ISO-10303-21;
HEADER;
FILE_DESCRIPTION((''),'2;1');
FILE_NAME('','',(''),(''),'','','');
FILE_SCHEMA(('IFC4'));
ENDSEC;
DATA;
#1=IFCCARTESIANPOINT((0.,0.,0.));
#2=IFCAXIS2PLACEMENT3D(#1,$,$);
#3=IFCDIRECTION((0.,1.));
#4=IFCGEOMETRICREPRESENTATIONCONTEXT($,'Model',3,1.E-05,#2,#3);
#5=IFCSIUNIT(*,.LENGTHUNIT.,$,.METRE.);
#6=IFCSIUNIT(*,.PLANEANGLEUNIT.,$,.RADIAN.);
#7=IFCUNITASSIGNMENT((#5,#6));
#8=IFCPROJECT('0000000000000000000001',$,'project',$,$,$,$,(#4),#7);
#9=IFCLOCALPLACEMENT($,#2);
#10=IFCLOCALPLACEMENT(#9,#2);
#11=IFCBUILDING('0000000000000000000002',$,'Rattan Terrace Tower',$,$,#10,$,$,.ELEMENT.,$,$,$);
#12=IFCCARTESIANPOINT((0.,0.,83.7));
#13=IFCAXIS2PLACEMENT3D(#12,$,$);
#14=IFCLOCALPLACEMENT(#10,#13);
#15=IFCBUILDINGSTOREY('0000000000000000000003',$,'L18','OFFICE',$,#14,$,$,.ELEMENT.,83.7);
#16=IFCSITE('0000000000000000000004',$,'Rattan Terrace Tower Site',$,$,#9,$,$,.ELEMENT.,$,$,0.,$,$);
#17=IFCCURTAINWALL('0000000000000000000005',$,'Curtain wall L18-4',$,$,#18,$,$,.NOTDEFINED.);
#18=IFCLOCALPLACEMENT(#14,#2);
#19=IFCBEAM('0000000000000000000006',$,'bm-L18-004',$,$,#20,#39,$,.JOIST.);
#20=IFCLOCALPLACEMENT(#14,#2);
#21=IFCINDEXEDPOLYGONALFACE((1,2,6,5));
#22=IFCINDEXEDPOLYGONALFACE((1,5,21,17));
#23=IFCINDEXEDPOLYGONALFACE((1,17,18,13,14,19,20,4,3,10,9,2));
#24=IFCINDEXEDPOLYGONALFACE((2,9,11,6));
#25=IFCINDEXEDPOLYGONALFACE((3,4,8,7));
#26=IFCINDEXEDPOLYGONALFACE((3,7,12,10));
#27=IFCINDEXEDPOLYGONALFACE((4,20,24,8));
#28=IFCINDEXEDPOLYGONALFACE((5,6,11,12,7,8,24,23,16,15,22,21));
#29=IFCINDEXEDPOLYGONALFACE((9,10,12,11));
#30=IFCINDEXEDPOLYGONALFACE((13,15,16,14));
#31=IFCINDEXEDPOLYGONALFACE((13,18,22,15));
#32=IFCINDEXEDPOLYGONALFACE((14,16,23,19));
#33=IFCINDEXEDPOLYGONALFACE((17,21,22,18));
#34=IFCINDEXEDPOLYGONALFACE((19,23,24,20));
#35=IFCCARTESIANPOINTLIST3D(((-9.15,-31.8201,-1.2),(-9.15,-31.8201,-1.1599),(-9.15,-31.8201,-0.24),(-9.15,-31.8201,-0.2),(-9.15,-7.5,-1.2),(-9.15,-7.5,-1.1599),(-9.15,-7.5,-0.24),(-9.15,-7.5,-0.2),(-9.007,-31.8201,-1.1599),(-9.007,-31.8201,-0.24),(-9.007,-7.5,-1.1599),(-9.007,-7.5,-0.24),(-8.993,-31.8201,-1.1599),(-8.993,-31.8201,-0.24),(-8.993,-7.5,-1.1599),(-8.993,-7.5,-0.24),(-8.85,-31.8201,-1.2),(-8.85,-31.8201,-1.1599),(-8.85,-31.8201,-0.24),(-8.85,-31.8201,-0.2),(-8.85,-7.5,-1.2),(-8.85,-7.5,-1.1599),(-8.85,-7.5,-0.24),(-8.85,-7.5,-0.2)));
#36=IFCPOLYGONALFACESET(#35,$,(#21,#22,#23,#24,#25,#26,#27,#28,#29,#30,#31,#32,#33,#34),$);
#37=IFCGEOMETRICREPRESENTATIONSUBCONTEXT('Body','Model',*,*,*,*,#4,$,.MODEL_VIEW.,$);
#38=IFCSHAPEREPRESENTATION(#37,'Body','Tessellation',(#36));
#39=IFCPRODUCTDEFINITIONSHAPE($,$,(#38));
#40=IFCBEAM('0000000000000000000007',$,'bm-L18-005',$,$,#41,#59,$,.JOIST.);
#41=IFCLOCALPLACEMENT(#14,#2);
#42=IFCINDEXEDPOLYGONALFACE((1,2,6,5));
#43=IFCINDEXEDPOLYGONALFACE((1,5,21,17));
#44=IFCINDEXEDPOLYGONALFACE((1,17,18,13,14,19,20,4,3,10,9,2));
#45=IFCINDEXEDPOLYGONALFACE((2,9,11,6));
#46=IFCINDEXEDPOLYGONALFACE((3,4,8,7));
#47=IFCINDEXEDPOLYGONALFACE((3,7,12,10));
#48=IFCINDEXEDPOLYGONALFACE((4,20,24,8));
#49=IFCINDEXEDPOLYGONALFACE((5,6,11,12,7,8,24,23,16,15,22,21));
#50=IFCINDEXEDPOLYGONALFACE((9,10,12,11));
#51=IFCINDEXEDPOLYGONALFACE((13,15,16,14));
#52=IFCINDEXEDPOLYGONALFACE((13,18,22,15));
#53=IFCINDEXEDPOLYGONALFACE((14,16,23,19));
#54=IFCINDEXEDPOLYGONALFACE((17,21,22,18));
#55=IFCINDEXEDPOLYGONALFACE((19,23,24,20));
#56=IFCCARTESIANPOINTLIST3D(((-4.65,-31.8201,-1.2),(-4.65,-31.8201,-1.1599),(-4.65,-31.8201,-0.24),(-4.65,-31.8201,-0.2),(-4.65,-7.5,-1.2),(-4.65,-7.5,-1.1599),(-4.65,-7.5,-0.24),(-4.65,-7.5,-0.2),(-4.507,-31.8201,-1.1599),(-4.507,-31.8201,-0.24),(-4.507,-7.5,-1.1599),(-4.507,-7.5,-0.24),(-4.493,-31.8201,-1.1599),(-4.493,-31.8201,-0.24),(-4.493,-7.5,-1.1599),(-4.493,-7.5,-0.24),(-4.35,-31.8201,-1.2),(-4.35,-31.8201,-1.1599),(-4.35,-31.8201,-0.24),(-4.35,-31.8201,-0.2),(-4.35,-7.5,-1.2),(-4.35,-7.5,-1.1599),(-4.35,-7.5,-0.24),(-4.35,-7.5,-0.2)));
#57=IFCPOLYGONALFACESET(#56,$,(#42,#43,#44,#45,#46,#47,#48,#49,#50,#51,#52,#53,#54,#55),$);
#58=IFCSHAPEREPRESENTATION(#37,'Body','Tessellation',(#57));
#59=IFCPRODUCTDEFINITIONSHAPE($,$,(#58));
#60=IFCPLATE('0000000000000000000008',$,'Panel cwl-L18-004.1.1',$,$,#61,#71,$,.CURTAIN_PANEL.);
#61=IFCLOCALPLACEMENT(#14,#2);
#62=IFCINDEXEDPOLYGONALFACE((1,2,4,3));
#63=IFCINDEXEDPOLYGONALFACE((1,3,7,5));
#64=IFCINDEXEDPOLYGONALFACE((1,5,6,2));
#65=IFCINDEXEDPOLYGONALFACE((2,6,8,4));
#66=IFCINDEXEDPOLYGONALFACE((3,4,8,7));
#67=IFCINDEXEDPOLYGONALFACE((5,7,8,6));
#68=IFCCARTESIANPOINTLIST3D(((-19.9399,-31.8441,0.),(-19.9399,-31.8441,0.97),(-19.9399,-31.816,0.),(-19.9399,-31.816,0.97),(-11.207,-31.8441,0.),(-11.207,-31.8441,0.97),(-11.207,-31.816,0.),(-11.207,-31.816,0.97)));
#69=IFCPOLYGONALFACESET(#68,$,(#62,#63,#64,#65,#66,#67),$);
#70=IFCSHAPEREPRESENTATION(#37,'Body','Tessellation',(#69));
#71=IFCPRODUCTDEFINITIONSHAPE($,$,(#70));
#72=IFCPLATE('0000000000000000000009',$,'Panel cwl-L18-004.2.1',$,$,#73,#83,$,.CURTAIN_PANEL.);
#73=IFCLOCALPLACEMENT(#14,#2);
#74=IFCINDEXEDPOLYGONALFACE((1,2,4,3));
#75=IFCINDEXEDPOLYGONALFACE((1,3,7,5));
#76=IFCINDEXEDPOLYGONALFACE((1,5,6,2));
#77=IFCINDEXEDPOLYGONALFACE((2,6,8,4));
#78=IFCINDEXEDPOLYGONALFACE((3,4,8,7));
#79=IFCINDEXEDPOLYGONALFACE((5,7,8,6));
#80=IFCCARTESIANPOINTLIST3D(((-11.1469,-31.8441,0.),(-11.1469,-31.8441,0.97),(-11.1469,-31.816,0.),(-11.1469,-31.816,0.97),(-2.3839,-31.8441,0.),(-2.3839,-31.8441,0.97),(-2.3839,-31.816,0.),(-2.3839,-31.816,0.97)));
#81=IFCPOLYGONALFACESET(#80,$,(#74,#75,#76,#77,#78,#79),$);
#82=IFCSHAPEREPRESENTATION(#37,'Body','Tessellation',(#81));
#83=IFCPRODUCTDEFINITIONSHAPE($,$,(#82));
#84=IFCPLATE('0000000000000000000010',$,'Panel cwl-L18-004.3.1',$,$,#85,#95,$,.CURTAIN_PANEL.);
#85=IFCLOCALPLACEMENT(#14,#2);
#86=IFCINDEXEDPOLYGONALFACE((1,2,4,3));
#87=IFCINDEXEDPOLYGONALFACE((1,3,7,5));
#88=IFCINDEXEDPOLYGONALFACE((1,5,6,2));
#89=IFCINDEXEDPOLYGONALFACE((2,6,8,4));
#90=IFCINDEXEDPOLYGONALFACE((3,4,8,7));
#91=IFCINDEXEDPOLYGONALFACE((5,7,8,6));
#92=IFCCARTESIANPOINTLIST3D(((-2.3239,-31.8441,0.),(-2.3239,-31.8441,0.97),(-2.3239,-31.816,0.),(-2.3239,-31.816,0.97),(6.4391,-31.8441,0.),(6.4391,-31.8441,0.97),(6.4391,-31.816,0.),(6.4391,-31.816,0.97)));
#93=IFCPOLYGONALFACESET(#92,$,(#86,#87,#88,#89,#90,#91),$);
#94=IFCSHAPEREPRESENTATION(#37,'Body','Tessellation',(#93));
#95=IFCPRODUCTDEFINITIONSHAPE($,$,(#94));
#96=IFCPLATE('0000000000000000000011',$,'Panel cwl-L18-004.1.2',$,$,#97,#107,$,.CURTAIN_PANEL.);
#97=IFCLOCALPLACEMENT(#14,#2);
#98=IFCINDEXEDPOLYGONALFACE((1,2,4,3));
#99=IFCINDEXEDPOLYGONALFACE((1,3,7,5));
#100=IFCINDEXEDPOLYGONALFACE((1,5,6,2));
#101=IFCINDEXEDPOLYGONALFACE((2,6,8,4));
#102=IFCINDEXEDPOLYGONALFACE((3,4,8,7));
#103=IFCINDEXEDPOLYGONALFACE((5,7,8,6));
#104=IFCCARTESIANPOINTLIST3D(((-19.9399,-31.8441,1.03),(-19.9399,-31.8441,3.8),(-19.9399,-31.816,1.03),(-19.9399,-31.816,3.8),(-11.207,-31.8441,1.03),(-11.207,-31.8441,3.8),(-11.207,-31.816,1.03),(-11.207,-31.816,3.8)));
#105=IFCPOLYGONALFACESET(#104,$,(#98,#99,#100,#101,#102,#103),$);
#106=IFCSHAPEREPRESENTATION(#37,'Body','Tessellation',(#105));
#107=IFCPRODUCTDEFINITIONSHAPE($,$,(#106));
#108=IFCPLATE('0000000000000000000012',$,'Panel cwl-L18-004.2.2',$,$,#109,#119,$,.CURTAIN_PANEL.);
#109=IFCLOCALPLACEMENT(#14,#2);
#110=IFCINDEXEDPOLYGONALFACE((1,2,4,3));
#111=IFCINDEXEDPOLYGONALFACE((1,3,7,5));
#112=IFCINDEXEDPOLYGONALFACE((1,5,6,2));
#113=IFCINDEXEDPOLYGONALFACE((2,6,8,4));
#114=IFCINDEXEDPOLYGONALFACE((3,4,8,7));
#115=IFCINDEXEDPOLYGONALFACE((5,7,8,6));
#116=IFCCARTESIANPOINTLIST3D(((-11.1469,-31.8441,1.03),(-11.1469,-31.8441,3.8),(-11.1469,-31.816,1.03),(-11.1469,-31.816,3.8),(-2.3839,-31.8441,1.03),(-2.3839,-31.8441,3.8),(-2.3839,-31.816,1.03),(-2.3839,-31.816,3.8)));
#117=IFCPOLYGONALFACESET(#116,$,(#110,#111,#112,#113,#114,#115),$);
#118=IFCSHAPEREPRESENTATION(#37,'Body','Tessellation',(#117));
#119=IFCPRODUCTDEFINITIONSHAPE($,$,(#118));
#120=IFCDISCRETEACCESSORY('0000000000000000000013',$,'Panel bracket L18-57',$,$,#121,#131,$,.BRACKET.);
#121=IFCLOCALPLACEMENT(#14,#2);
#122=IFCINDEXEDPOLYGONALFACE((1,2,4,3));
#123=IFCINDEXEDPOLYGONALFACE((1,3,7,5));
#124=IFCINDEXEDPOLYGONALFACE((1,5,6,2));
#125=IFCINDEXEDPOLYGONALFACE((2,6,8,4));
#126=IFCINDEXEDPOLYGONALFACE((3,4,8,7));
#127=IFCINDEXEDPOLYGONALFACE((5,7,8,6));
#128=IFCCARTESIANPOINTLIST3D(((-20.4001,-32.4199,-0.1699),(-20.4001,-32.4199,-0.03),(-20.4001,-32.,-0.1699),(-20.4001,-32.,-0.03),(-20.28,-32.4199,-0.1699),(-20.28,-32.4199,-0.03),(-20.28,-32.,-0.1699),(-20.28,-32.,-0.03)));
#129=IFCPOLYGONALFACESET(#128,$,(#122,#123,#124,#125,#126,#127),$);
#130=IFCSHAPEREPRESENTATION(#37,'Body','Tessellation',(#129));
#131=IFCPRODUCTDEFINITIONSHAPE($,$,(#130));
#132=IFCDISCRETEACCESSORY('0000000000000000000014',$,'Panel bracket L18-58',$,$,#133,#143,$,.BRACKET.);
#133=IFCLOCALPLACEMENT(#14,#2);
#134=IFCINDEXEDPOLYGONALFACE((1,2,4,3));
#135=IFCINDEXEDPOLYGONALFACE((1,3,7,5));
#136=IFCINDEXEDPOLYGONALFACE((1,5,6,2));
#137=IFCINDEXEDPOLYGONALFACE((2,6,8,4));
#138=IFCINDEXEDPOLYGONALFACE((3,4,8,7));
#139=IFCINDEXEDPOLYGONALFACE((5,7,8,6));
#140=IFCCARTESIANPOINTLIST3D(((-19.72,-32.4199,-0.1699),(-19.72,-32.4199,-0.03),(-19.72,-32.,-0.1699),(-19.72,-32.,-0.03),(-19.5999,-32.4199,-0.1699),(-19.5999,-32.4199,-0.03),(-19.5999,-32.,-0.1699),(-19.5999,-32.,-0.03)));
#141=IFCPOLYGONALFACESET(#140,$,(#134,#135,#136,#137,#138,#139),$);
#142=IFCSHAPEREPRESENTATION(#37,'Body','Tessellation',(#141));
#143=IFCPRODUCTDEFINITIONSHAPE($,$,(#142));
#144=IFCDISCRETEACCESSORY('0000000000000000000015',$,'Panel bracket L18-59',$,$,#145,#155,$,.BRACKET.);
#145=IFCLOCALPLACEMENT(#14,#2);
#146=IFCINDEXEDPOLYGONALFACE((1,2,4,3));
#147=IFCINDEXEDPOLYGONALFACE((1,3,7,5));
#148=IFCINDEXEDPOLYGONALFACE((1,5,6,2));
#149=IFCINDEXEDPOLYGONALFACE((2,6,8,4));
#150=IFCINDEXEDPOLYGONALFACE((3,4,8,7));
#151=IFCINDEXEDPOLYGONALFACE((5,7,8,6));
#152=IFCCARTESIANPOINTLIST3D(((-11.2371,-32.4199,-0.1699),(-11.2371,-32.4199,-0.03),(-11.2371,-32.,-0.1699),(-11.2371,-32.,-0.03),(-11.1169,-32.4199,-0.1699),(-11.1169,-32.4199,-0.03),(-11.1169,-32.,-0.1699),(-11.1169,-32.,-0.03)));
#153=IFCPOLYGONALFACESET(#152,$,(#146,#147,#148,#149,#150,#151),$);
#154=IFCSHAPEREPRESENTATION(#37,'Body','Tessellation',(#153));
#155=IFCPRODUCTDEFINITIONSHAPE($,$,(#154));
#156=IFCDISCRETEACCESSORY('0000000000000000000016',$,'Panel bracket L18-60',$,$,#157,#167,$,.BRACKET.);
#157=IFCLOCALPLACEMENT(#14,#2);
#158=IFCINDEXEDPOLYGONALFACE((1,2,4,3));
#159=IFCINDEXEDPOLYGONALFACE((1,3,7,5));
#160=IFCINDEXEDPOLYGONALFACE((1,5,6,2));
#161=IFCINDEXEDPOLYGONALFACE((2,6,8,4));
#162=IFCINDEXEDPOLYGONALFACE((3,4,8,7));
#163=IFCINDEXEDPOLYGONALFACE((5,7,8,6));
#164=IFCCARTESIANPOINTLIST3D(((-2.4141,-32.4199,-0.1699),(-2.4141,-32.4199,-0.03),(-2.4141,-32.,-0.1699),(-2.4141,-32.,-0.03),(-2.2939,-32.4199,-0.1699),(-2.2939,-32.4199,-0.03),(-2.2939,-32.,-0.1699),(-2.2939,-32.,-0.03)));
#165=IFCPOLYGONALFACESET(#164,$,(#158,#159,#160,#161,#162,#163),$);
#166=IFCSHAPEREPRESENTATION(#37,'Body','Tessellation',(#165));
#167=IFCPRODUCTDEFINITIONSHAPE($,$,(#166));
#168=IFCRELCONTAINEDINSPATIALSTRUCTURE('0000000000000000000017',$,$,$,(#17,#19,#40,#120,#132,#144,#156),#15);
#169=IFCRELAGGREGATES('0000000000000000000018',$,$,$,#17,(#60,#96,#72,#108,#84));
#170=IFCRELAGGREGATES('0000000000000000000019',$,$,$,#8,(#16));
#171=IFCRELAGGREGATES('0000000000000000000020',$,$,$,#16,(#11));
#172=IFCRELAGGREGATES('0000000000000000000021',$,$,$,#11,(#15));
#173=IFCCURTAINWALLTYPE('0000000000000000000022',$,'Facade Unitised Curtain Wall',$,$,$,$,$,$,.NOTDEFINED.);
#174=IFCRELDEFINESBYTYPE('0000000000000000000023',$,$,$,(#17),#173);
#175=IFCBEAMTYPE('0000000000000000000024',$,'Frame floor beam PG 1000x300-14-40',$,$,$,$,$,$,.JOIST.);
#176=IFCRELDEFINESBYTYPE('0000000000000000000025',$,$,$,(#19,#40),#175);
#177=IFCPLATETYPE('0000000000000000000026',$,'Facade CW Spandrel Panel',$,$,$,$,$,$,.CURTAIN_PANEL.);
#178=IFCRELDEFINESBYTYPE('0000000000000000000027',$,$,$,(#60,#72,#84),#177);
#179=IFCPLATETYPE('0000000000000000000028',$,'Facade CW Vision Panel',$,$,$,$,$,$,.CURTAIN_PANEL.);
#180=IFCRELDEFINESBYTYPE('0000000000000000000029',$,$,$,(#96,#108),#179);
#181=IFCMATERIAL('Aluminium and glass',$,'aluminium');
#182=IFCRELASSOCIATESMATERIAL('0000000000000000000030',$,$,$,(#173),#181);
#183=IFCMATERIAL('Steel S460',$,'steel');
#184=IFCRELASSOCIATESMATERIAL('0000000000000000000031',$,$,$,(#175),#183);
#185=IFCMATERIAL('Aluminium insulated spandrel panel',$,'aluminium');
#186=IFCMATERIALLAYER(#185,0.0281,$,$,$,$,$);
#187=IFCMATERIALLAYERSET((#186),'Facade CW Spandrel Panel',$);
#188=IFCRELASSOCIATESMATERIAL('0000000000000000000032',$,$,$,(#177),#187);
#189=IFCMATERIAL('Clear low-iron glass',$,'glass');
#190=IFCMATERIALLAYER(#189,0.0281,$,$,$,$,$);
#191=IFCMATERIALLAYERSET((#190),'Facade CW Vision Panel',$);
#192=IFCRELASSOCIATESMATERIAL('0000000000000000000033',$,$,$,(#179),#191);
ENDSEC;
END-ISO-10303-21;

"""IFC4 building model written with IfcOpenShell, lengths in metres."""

from ifc_helpers import new_model, si_unit, direction, frame, origin, origin_2d, place, context, subcontext, project, spatial, rectangle, i_section, extrude, material, layer, layer_set, material_profile, profile_set, type_object, element, aggregate, save


model = new_model("IFC4")

# Units and contexts
model_context = context("Model", 3, precision=1e-05, world=origin(), true_north=direction((0.0, 1.0)))
body_context = subcontext(model_context, "Body", "Model", "MODEL_VIEW")
ifc_project = project(units=[si_unit("LENGTHUNIT", "METRE"), si_unit("PLANEANGLEUNIT", "RADIAN")], contexts=[model_context])

# Site, building, storey
site_placement = place(None, origin())
site = spatial("IfcSite", under=ifc_project, at=site_placement, Name="Rattan Terrace Tower Site", CompositionType="ELEMENT", RefElevation=0.0)
building_placement = place(site_placement, origin())
building = spatial("IfcBuilding", under=site, at=building_placement, Name="Rattan Terrace Tower", CompositionType="ELEMENT")
storey_placement = place(building_placement, frame((0.0, 0.0, 83.7)))
storey = spatial("IfcBuildingStorey", under=building, at=storey_placement, Name="L18", Description="OFFICE", CompositionType="ELEMENT", Elevation=83.7)

# Curtain wall
ifc_material_1 = material(Name="Aluminium and glass", Category="aluminium")
curtain_wall_type = type_object("IfcCurtainWallType", Name="Facade Unitised Curtain Wall", PredefinedType="NOTDEFINED", material=ifc_material_1)
curtain_wall_placement = place(storey_placement, origin())
curtain_wall = element("IfcCurtainWall", 1, at=curtain_wall_placement, inside=storey, type_object=curtain_wall_type, Name="Curtain wall L18-4", PredefinedType="NOTDEFINED")

# Beams
ifc_material_2 = material(Name="Steel S460", Category="steel")
ifc_material_profile_1 = material_profile(ifc_material_2, i_section(OverallWidth=0.3, OverallDepth=1.0, WebThickness=0.0139, FlangeThickness=0.04, at=origin_2d()), Name="PG 1000x300-14-40")
ifc_profile_set_1 = profile_set([ifc_material_profile_1], Name="Steel S460")
beam_type_1 = type_object("IfcBeamType", Name="Frame floor beam PG 1000x300-14-40", PredefinedType="JOIST", material=ifc_profile_set_1)
for number, where, z_axis, x_axis, name in (
    (2, (-9.0, -31.8201, -0.7), (0.0, 1.0, 0.0), (-1.0, 0.0, 0.0), "bm-L18-004"),
    (3, (-4.5, -31.8201, -0.7), (0.0, 1.0, 0.0), (-1.0, 0.0, 0.0), "bm-L18-005"),
):
    element("IfcBeam", number, at=place(storey_placement, frame(where, z_axis=z_axis, x_axis=x_axis)), inside=storey, type_object=beam_type_1, Name=name, PredefinedType="JOIST", context=body_context, shape_type="SweptSolid", body=[
        extrude(i_section(OverallWidth=0.3, OverallDepth=1.0, WebThickness=0.0139, FlangeThickness=0.04, at=origin_2d()), origin(), (0.0, 0.0, 1.0), 24.3201),
    ])

# Plates
ifc_material_3 = material(Name="Aluminium insulated spandrel panel", Category="aluminium")
ifc_layer_1 = layer(ifc_material_3, 0.0281)
ifc_layer_set_1 = layer_set([ifc_layer_1], Name="Facade CW Spandrel Panel")
plate_type_1 = type_object("IfcPlateType", Name="Facade CW Spandrel Panel", PredefinedType="CURTAIN_PANEL", material=ifc_layer_set_1)
plate_1_placement = place(storey_placement, frame((-15.5735, -31.8301, 0.0), z_axis=(0.0, 0.0, 1.0), x_axis=(1.0, 0.0, 0.0)))
plate_1 = element("IfcPlate", 4, at=plate_1_placement, type_object=plate_type_1, Name="Panel cwl-L18-004.1.1", PredefinedType="CURTAIN_PANEL", context=body_context, shape_type="SweptSolid", body=[
    extrude(rectangle(XDim=8.7329, YDim=0.0281, at=origin_2d()), origin(), (0.0, 0.0, 1.0), 0.97),
])
plate_2_placement = place(storey_placement, frame((-6.7654, -31.8301, 0.0), z_axis=(0.0, 0.0, 1.0), x_axis=(1.0, 0.0, 0.0)))
plate_2 = element("IfcPlate", 5, at=plate_2_placement, type_object=plate_type_1, Name="Panel cwl-L18-004.2.1", PredefinedType="CURTAIN_PANEL", context=body_context, shape_type="SweptSolid", body=[
    extrude(rectangle(XDim=8.7629, YDim=0.0281, at=origin_2d()), origin(), (0.0, 0.0, 1.0), 0.97),
])
plate_3_placement = place(storey_placement, frame((2.0576, -31.8301, 0.0), z_axis=(0.0, 0.0, 1.0), x_axis=(1.0, 0.0, 0.0)))
plate_3 = element("IfcPlate", 6, at=plate_3_placement, type_object=plate_type_1, Name="Panel cwl-L18-004.3.1", PredefinedType="CURTAIN_PANEL", context=body_context, shape_type="SweptSolid", body=[
    extrude(rectangle(XDim=8.7629, YDim=0.0281, at=origin_2d()), origin(), (0.0, 0.0, 1.0), 0.97),
])
ifc_material_4 = material(Name="Clear low-iron glass", Category="glass")
ifc_layer_2 = layer(ifc_material_4, 0.0281)
ifc_layer_set_2 = layer_set([ifc_layer_2], Name="Facade CW Vision Panel")
plate_type_2 = type_object("IfcPlateType", Name="Facade CW Vision Panel", PredefinedType="CURTAIN_PANEL", material=ifc_layer_set_2)
plate_4_placement = place(storey_placement, frame((-15.5735, -31.8301, 1.03), z_axis=(0.0, 0.0, 1.0), x_axis=(1.0, 0.0, 0.0)))
plate_4 = element("IfcPlate", 7, at=plate_4_placement, type_object=plate_type_2, Name="Panel cwl-L18-004.1.2", PredefinedType="CURTAIN_PANEL", context=body_context, shape_type="SweptSolid", body=[
    extrude(rectangle(XDim=8.7329, YDim=0.0281, at=origin_2d()), origin(), (0.0, 0.0, 1.0), 2.77),
])
plate_5_placement = place(storey_placement, frame((-6.7654, -31.8301, 1.03), z_axis=(0.0, 0.0, 1.0), x_axis=(1.0, 0.0, 0.0)))
plate_5 = element("IfcPlate", 8, at=plate_5_placement, type_object=plate_type_2, Name="Panel cwl-L18-004.2.2", PredefinedType="CURTAIN_PANEL", context=body_context, shape_type="SweptSolid", body=[
    extrude(rectangle(XDim=8.7629, YDim=0.0281, at=origin_2d()), origin(), (0.0, 0.0, 1.0), 2.77),
])
aggregate(curtain_wall, [plate_1, plate_4, plate_2, plate_5, plate_3])

# Discrete accessories
for number, where, z_axis, x_axis, name in (
    (9, (-20.3401, -32.21, -0.1699), (0.0, 0.0, 1.0), (1.0, 0.0, 0.0), "Panel bracket L18-57"),
    (10, (-19.6599, -32.21, -0.1699), (0.0, 0.0, 1.0), (1.0, 0.0, 0.0), "Panel bracket L18-58"),
    (11, (-11.177, -32.21, -0.1699), (0.0, 0.0, 1.0), (1.0, 0.0, 0.0), "Panel bracket L18-59"),
    (12, (-2.354, -32.21, -0.1699), (0.0, 0.0, 1.0), (1.0, 0.0, 0.0), "Panel bracket L18-60"),
):
    element("IfcDiscreteAccessory", number, at=place(storey_placement, frame(where, z_axis=z_axis, x_axis=x_axis)), inside=storey, Name=name, PredefinedType="BRACKET", context=body_context, shape_type="SweptSolid", body=[
        extrude(rectangle(XDim=0.1201, YDim=0.4199, at=origin_2d()), origin(), (0.0, 0.0, 1.0), 0.1399),
    ])

save(model, "model.ifc")
